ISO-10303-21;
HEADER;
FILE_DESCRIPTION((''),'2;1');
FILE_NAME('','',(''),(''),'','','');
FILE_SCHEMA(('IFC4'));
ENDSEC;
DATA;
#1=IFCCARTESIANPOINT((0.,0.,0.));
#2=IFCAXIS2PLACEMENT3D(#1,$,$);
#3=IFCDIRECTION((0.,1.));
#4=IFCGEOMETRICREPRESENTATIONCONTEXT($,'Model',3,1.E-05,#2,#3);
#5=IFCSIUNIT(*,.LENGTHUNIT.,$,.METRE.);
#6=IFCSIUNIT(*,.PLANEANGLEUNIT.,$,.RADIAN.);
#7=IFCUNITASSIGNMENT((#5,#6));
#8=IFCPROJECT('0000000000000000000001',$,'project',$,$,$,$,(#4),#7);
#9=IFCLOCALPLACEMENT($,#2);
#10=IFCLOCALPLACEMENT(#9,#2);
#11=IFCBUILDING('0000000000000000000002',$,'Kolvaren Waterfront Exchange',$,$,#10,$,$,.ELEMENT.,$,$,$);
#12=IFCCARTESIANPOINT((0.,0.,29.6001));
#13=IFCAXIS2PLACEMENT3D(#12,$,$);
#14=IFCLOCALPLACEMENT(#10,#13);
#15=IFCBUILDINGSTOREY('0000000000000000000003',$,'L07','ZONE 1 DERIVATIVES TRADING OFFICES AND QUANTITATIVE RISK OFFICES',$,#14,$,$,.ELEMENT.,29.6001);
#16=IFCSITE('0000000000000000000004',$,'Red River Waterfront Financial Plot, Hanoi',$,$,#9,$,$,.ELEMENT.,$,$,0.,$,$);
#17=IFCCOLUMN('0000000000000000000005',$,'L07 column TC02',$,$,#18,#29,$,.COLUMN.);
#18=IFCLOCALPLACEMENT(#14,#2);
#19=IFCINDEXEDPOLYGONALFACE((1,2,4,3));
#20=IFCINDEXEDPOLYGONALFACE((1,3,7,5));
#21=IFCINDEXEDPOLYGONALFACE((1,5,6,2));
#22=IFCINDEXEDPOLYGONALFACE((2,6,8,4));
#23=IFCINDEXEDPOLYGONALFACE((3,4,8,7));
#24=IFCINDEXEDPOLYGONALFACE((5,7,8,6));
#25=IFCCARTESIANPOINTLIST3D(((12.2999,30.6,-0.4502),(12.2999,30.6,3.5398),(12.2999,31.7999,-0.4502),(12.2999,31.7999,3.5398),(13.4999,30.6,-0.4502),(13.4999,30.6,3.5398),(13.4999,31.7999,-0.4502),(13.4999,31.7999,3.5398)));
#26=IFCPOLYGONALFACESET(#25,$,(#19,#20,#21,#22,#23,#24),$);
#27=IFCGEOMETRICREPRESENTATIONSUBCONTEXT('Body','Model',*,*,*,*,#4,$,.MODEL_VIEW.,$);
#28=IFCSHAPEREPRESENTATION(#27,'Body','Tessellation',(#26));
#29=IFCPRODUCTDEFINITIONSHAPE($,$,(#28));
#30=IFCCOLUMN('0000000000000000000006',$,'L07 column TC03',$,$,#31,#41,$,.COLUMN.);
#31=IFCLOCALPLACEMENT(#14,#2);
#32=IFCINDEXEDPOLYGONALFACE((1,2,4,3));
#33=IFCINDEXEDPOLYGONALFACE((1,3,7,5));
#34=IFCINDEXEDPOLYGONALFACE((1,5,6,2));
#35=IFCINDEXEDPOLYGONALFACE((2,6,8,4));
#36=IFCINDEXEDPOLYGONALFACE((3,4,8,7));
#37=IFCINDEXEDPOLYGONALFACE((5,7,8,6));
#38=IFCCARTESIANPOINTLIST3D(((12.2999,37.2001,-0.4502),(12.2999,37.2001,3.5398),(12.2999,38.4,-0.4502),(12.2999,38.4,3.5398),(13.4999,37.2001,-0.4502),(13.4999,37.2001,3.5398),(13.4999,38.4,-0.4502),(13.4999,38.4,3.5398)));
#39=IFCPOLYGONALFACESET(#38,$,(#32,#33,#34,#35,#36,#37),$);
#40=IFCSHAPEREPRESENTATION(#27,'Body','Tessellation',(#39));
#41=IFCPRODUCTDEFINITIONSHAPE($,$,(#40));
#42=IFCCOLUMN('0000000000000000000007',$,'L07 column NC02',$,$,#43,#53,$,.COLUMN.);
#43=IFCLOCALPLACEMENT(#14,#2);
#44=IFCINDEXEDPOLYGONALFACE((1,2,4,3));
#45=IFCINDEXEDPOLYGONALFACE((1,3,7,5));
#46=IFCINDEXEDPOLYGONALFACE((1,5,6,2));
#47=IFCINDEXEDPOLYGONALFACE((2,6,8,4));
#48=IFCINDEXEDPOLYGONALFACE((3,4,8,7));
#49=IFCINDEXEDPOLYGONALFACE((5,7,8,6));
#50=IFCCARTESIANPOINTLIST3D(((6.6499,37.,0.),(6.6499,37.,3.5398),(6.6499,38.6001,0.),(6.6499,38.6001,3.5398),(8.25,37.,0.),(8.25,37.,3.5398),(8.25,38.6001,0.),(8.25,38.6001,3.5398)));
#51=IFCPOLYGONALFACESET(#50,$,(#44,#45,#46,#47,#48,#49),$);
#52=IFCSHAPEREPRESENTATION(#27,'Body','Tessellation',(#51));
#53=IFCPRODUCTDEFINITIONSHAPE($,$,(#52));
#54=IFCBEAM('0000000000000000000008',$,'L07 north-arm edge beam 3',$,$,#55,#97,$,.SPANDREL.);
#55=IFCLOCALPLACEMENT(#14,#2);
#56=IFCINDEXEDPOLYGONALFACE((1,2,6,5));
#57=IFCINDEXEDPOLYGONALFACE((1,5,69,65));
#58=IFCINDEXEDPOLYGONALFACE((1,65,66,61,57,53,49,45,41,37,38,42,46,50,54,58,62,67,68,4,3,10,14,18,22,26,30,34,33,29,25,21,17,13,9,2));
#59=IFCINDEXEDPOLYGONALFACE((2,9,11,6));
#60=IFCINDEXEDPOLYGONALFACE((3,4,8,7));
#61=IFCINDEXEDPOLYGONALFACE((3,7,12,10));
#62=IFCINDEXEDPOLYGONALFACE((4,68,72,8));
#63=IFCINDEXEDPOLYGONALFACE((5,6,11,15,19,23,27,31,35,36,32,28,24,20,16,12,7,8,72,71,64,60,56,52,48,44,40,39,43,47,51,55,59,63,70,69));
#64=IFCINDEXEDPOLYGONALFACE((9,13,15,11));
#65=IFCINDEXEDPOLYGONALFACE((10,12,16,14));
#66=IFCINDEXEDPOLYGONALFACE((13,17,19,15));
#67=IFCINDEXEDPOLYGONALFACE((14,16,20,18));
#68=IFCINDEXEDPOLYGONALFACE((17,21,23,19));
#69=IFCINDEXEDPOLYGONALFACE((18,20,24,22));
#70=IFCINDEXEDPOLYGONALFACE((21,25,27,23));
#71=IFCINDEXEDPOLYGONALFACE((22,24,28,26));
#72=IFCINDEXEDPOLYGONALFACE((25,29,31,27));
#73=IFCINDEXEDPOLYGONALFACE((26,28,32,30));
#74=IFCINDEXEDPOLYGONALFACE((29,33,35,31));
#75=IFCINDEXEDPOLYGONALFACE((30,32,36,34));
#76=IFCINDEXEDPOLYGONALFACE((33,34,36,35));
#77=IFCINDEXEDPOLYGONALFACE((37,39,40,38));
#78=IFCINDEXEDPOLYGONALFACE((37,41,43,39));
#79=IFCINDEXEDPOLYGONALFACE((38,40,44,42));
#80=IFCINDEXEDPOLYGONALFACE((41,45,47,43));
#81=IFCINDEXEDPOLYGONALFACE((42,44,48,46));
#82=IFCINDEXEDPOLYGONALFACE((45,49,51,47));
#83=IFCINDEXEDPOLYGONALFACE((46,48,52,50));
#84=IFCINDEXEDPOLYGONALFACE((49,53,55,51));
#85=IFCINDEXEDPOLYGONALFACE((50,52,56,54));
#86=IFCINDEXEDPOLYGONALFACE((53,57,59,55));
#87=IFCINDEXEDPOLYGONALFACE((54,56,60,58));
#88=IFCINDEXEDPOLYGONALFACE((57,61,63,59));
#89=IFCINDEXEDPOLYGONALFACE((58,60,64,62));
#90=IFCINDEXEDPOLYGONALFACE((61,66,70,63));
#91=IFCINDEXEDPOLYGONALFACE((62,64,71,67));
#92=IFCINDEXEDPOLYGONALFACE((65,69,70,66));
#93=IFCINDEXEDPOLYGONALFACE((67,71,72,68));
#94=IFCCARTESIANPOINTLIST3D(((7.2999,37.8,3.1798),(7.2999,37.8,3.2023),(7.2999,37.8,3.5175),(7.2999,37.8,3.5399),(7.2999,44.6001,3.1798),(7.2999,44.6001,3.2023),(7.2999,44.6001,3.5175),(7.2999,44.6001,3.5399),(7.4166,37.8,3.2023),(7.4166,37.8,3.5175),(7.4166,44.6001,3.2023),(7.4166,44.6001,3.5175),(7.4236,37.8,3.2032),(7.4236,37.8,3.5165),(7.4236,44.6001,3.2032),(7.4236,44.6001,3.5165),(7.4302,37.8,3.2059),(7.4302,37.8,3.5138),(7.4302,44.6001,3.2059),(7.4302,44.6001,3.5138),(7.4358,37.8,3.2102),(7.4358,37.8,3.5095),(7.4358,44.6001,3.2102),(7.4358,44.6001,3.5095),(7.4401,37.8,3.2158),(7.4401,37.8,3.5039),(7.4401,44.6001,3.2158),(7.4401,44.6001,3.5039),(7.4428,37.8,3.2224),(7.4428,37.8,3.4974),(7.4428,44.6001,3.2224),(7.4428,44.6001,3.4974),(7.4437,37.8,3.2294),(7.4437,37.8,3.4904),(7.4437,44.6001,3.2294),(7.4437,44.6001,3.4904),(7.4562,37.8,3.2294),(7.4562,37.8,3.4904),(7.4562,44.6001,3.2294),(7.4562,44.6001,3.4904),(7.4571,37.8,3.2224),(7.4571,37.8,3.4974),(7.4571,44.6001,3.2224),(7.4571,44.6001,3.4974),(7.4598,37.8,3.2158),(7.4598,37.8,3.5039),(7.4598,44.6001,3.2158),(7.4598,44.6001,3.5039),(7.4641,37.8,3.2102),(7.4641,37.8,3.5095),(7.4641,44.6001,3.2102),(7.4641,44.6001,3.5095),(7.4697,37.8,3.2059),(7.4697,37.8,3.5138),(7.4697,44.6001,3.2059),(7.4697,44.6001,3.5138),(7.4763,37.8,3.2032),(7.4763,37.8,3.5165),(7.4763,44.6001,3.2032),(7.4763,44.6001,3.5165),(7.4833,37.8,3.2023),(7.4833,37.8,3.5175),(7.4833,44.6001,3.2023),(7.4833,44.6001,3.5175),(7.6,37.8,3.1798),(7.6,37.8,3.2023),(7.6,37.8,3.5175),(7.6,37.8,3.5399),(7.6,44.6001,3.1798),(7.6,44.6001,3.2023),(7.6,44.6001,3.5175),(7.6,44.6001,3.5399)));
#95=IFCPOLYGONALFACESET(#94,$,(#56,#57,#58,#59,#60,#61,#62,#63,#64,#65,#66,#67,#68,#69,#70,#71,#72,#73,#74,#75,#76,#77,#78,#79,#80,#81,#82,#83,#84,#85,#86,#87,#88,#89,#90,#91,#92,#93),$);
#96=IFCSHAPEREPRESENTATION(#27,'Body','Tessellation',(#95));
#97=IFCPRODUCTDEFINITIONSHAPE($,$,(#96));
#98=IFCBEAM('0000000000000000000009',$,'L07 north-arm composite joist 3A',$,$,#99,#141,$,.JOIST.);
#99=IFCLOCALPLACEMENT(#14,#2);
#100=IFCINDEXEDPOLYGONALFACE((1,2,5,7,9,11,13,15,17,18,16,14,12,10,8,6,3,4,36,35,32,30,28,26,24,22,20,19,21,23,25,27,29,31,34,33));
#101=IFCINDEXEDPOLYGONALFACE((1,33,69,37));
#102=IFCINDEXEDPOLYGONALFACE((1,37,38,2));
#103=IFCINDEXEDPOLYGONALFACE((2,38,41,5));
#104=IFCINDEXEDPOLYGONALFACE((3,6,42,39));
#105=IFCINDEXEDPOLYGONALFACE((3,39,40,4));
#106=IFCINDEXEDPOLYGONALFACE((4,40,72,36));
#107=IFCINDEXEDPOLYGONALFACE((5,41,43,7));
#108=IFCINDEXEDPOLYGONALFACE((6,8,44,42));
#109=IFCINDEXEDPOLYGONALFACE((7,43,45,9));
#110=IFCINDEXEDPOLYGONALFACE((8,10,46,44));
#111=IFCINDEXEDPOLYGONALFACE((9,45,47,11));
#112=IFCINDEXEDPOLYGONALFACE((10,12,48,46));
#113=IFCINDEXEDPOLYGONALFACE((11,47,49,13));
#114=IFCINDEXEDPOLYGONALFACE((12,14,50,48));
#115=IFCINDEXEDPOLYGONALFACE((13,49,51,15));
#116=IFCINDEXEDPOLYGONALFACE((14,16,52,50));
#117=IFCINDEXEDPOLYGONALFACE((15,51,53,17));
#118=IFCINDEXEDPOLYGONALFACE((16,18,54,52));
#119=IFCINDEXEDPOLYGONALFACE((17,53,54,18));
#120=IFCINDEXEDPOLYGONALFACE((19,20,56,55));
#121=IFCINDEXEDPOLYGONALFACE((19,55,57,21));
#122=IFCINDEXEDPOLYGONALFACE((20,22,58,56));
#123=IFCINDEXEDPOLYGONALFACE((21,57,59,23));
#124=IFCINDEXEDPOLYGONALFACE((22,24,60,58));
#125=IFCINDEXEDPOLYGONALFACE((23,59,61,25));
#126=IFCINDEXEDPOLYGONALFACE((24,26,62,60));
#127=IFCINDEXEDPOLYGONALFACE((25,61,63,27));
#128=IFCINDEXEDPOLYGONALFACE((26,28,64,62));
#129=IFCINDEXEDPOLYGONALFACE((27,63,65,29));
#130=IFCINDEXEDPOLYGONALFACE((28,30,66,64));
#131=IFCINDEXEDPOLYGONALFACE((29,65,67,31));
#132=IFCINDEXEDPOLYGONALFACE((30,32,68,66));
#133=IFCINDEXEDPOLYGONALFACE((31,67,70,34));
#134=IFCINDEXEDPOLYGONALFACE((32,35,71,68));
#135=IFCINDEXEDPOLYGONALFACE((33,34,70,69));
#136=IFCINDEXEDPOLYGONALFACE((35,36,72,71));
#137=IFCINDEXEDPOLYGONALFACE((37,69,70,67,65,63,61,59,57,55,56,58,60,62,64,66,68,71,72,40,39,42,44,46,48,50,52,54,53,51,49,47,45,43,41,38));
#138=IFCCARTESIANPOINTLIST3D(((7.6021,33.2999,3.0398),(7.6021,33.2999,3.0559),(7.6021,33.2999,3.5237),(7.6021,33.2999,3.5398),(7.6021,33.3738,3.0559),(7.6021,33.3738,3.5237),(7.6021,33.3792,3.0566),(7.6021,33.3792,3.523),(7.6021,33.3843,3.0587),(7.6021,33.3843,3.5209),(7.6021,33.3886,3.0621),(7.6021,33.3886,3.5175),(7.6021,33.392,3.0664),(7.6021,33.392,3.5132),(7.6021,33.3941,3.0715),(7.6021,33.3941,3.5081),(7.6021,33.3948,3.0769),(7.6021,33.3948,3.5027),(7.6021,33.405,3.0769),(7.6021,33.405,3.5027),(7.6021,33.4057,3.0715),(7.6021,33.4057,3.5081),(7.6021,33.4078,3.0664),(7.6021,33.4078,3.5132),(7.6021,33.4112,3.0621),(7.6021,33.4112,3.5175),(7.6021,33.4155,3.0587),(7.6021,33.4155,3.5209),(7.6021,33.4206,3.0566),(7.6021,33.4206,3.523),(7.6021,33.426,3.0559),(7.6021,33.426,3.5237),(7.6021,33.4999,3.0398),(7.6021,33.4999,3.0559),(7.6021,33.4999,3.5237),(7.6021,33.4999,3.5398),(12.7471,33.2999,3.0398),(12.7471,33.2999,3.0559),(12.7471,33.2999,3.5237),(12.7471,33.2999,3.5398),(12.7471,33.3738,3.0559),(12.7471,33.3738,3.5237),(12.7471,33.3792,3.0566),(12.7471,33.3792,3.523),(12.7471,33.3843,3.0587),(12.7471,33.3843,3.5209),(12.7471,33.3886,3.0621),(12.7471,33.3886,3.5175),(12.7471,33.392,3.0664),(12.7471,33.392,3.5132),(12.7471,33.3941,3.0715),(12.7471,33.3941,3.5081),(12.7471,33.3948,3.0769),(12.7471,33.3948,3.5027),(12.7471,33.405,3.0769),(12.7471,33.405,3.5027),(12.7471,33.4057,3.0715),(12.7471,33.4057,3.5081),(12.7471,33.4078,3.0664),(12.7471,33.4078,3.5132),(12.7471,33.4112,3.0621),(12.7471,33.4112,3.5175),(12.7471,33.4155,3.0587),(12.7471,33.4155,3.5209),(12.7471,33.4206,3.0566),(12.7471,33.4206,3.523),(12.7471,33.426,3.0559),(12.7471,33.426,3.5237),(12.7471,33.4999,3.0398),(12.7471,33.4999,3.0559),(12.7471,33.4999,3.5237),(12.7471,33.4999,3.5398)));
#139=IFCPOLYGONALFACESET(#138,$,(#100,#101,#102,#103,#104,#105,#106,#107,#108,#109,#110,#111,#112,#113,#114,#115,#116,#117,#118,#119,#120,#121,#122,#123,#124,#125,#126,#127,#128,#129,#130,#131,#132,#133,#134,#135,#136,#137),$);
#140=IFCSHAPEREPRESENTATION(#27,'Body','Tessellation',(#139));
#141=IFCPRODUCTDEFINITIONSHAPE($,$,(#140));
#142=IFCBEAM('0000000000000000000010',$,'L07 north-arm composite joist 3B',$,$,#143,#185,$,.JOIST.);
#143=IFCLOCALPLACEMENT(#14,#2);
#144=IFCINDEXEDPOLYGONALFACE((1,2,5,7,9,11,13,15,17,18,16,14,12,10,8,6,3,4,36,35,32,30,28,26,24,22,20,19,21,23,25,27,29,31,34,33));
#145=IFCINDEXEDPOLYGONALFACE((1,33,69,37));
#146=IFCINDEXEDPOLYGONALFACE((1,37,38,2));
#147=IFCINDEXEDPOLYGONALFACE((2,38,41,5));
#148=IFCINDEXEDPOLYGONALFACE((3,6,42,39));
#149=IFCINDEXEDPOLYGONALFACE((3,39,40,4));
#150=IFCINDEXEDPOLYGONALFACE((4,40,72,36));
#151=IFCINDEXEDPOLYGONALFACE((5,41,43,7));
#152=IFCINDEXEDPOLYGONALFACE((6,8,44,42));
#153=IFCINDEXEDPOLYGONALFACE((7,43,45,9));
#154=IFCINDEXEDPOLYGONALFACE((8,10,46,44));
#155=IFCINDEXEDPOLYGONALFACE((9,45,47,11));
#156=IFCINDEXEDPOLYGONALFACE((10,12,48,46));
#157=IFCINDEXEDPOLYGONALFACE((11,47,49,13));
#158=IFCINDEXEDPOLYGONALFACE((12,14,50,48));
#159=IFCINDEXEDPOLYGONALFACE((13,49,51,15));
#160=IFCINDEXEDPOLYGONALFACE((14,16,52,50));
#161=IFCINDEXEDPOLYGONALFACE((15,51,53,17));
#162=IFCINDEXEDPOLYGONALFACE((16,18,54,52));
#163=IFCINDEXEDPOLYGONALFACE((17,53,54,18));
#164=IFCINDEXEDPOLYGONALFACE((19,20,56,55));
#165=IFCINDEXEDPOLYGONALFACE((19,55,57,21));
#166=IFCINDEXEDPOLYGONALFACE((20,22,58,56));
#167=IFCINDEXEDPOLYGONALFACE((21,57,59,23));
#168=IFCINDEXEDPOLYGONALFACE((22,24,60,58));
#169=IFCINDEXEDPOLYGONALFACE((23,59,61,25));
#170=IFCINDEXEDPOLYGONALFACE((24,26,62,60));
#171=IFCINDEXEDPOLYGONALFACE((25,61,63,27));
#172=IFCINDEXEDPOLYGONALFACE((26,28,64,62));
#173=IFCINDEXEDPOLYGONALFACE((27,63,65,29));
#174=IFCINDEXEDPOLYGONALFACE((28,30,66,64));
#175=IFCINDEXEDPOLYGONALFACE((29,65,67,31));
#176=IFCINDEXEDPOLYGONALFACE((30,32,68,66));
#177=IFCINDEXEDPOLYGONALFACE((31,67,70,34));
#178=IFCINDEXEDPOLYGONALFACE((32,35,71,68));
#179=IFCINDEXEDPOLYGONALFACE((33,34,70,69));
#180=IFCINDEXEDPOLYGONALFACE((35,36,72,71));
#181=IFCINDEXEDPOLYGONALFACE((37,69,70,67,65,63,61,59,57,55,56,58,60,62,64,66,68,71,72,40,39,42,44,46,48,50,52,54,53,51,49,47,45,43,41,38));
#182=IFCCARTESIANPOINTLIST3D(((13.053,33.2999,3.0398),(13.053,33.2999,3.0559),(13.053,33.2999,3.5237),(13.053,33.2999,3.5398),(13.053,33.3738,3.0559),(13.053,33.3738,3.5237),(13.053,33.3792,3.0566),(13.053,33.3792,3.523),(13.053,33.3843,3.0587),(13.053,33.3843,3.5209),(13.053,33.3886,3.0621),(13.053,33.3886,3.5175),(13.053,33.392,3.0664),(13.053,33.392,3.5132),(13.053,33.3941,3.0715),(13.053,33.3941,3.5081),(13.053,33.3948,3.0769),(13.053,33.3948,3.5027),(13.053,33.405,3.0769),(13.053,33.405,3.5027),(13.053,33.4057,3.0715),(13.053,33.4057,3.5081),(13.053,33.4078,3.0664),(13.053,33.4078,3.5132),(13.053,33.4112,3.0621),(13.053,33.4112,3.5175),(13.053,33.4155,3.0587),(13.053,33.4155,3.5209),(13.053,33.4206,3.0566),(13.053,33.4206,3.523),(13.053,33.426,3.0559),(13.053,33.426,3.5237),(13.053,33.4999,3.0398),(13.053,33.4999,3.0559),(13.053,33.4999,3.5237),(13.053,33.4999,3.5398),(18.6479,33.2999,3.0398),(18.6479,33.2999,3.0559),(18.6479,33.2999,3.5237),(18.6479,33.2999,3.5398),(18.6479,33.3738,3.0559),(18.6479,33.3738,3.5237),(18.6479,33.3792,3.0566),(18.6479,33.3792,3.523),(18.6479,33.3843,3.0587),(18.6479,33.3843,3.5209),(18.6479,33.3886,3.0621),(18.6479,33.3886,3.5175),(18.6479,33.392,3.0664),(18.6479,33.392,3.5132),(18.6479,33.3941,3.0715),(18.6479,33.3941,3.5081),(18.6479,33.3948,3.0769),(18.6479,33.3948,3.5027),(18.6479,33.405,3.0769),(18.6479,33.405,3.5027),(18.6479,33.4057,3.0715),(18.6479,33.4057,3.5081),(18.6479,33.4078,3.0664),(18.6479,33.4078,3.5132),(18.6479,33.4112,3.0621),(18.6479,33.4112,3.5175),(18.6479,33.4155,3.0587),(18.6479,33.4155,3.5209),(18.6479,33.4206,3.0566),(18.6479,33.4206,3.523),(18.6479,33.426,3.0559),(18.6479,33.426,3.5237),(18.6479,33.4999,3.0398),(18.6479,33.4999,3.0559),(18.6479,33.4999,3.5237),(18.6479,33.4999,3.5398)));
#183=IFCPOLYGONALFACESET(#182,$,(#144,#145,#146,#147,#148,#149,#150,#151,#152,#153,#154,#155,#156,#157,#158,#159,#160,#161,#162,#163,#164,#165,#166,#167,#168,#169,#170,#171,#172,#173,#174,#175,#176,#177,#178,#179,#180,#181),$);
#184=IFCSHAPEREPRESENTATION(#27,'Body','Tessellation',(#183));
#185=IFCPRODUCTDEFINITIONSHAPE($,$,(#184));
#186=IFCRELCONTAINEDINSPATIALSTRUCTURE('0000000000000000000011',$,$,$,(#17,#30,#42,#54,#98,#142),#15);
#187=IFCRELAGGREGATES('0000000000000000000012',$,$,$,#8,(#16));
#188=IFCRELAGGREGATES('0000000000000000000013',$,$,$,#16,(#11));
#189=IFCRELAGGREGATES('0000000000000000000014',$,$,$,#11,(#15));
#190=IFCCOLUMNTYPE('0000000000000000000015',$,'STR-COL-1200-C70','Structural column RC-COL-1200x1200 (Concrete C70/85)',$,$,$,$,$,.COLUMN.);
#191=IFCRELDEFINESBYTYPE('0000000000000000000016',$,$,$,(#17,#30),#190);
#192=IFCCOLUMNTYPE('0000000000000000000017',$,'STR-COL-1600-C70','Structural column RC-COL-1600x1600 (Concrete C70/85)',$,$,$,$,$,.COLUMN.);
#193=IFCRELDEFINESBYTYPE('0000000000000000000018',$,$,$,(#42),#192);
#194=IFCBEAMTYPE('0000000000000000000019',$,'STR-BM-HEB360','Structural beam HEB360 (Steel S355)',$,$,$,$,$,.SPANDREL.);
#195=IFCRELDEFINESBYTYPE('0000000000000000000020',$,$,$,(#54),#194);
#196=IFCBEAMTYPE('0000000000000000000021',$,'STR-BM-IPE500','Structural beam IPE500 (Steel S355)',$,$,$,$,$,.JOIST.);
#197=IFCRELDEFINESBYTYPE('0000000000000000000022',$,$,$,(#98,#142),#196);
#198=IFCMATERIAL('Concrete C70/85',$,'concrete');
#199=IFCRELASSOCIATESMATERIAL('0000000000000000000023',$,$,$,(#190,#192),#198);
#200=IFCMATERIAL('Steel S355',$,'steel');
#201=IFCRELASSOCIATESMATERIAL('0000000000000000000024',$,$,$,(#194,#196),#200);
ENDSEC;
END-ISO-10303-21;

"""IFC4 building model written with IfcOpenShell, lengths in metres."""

from ifc_helpers import new_model, si_unit, direction, frame, origin, origin_2d, place, context, subcontext, project, spatial, rectangle, i_section, extrude, material, material_profile, profile_set, type_object, element, save


model = new_model("IFC4")

# Units and contexts
model_context = context("Model", 3, precision=1e-05, world=origin(), true_north=direction((0.0, 1.0)))
body_context = subcontext(model_context, "Body", "Model", "MODEL_VIEW")
ifc_project = project(units=[si_unit("LENGTHUNIT", "METRE"), si_unit("PLANEANGLEUNIT", "RADIAN")], contexts=[model_context])

# Site, building, storey
site_placement = place(None, origin())
site = spatial("IfcSite", under=ifc_project, at=site_placement, Name="Red River Waterfront Financial Plot, Hanoi", CompositionType="ELEMENT", RefElevation=0.0)
building_placement = place(site_placement, origin())
building = spatial("IfcBuilding", under=site, at=building_placement, Name="Kolvaren Waterfront Exchange", CompositionType="ELEMENT")
storey_placement = place(building_placement, frame((0.0, 0.0, 29.6001)))
storey = spatial("IfcBuildingStorey", under=building, at=storey_placement, Name="L07", Description="ZONE 1 DERIVATIVES TRADING OFFICES AND QUANTITATIVE RISK OFFICES", CompositionType="ELEMENT", Elevation=29.6001)

# Columns
ifc_material_1 = material(Name="Concrete C70/85", Category="concrete")
ifc_material_profile_1 = material_profile(ifc_material_1, rectangle(XDim=1.2, YDim=1.2, at=origin_2d()), Name="RC-COL-1200x1200")
ifc_profile_set_1 = profile_set([ifc_material_profile_1], Name="Concrete C70/85")
column_type_1 = type_object("IfcColumnType", Name="STR-COL-1200-C70", Description="Structural column RC-COL-1200x1200 (Concrete C70/85)", PredefinedType="COLUMN", material=ifc_profile_set_1)
for number, where, z_axis, x_axis, name in (
    (1, (12.8999, 31.2, -0.4502), (0.0, 0.0, 1.0), (1.0, 0.0, 0.0), "L07 column TC02"),
    (2, (12.8999, 37.8, -0.4502), (0.0, 0.0, 1.0), (1.0, 0.0, 0.0), "L07 column TC03"),
):
    element("IfcColumn", number, at=place(storey_placement, frame(where, z_axis=z_axis, x_axis=x_axis)), inside=storey, type_object=column_type_1, Name=name, PredefinedType="COLUMN", context=body_context, shape_type="SweptSolid", body=[
        extrude(rectangle(XDim=1.2, YDim=1.2, at=origin_2d()), origin(), (0.0, 0.0, 1.0), 3.99),
    ])
ifc_material_profile_2 = material_profile(ifc_material_1, rectangle(XDim=1.6001, YDim=1.6001, at=origin_2d()), Name="RC-COL-1600x1600")
ifc_profile_set_2 = profile_set([ifc_material_profile_2], Name="Concrete C70/85")
column_type_2 = type_object("IfcColumnType", Name="STR-COL-1600-C70", Description="Structural column RC-COL-1600x1600 (Concrete C70/85)", PredefinedType="COLUMN", material=ifc_profile_set_2)
column_placement = place(storey_placement, frame((7.45, 37.8, 0.0), z_axis=(0.0, 0.0, 1.0), x_axis=(1.0, 0.0, 0.0)))
element("IfcColumn", 3, at=column_placement, inside=storey, type_object=column_type_2, Name="L07 column NC02", PredefinedType="COLUMN", context=body_context, shape_type="SweptSolid", body=[
    extrude(rectangle(XDim=1.6001, YDim=1.6001, at=origin_2d()), origin(), (0.0, 0.0, 1.0), 3.5398),
])

# Beams
ifc_material_2 = material(Name="Steel S355", Category="steel")
ifc_material_profile_3 = material_profile(ifc_material_2, i_section(OverallWidth=0.3, OverallDepth=0.3601, WebThickness=0.0125, FlangeThickness=0.0225, FilletRadius=0.0271, at=origin_2d()), Name="HEB360")
ifc_profile_set_3 = profile_set([ifc_material_profile_3], Name="Steel S355")
beam_type_1 = type_object("IfcBeamType", Name="STR-BM-HEB360", Description="Structural beam HEB360 (Steel S355)", PredefinedType="SPANDREL", material=ifc_profile_set_3)
beam_1_placement = place(storey_placement, frame((7.45, 37.8, 3.3599), z_axis=(0.0, 1.0, 0.0), x_axis=(-1.0, 0.0, 0.0)))
element("IfcBeam", 4, at=beam_1_placement, inside=storey, type_object=beam_type_1, Name="L07 north-arm edge beam 3", PredefinedType="SPANDREL", context=body_context, shape_type="SweptSolid", body=[
    extrude(i_section(OverallWidth=0.3, OverallDepth=0.3601, WebThickness=0.0125, FlangeThickness=0.0225, FilletRadius=0.0271, at=origin_2d()), origin(), (0.0, 0.0, 1.0), 6.8),
])
ifc_material_profile_4 = material_profile(ifc_material_2, i_section(OverallWidth=0.2, OverallDepth=0.5, WebThickness=0.0103, FlangeThickness=0.0161, FilletRadius=0.021, at=origin_2d()), Name="IPE500")
ifc_profile_set_4 = profile_set([ifc_material_profile_4], Name="Steel S355")
beam_type_2 = type_object("IfcBeamType", Name="STR-BM-IPE500", Description="Structural beam IPE500 (Steel S355)", PredefinedType="JOIST", material=ifc_profile_set_4)
beam_2_placement = place(storey_placement, frame((7.6021, 33.3999, 3.2898), z_axis=(1.0, 0.0, 0.0), x_axis=(0.0, 1.0, 0.0)))
element("IfcBeam", 5, at=beam_2_placement, inside=storey, type_object=beam_type_2, Name="L07 north-arm composite joist 3A", PredefinedType="JOIST", context=body_context, shape_type="SweptSolid", body=[
    extrude(i_section(OverallWidth=0.2, OverallDepth=0.5, WebThickness=0.0103, FlangeThickness=0.0161, FilletRadius=0.021, at=origin_2d()), origin(), (0.0, 0.0, 1.0), 5.145),
])
beam_3_placement = place(storey_placement, frame((13.053, 33.3999, 3.2898), z_axis=(1.0, 0.0, 0.0), x_axis=(0.0, 1.0, 0.0)))
element("IfcBeam", 6, at=beam_3_placement, inside=storey, type_object=beam_type_2, Name="L07 north-arm composite joist 3B", PredefinedType="JOIST", context=body_context, shape_type="SweptSolid", body=[
    extrude(i_section(OverallWidth=0.2, OverallDepth=0.5, WebThickness=0.0103, FlangeThickness=0.0161, FilletRadius=0.021, at=origin_2d()), origin(), (0.0, 0.0, 1.0), 5.595),
])

save(model, "model.ifc")
